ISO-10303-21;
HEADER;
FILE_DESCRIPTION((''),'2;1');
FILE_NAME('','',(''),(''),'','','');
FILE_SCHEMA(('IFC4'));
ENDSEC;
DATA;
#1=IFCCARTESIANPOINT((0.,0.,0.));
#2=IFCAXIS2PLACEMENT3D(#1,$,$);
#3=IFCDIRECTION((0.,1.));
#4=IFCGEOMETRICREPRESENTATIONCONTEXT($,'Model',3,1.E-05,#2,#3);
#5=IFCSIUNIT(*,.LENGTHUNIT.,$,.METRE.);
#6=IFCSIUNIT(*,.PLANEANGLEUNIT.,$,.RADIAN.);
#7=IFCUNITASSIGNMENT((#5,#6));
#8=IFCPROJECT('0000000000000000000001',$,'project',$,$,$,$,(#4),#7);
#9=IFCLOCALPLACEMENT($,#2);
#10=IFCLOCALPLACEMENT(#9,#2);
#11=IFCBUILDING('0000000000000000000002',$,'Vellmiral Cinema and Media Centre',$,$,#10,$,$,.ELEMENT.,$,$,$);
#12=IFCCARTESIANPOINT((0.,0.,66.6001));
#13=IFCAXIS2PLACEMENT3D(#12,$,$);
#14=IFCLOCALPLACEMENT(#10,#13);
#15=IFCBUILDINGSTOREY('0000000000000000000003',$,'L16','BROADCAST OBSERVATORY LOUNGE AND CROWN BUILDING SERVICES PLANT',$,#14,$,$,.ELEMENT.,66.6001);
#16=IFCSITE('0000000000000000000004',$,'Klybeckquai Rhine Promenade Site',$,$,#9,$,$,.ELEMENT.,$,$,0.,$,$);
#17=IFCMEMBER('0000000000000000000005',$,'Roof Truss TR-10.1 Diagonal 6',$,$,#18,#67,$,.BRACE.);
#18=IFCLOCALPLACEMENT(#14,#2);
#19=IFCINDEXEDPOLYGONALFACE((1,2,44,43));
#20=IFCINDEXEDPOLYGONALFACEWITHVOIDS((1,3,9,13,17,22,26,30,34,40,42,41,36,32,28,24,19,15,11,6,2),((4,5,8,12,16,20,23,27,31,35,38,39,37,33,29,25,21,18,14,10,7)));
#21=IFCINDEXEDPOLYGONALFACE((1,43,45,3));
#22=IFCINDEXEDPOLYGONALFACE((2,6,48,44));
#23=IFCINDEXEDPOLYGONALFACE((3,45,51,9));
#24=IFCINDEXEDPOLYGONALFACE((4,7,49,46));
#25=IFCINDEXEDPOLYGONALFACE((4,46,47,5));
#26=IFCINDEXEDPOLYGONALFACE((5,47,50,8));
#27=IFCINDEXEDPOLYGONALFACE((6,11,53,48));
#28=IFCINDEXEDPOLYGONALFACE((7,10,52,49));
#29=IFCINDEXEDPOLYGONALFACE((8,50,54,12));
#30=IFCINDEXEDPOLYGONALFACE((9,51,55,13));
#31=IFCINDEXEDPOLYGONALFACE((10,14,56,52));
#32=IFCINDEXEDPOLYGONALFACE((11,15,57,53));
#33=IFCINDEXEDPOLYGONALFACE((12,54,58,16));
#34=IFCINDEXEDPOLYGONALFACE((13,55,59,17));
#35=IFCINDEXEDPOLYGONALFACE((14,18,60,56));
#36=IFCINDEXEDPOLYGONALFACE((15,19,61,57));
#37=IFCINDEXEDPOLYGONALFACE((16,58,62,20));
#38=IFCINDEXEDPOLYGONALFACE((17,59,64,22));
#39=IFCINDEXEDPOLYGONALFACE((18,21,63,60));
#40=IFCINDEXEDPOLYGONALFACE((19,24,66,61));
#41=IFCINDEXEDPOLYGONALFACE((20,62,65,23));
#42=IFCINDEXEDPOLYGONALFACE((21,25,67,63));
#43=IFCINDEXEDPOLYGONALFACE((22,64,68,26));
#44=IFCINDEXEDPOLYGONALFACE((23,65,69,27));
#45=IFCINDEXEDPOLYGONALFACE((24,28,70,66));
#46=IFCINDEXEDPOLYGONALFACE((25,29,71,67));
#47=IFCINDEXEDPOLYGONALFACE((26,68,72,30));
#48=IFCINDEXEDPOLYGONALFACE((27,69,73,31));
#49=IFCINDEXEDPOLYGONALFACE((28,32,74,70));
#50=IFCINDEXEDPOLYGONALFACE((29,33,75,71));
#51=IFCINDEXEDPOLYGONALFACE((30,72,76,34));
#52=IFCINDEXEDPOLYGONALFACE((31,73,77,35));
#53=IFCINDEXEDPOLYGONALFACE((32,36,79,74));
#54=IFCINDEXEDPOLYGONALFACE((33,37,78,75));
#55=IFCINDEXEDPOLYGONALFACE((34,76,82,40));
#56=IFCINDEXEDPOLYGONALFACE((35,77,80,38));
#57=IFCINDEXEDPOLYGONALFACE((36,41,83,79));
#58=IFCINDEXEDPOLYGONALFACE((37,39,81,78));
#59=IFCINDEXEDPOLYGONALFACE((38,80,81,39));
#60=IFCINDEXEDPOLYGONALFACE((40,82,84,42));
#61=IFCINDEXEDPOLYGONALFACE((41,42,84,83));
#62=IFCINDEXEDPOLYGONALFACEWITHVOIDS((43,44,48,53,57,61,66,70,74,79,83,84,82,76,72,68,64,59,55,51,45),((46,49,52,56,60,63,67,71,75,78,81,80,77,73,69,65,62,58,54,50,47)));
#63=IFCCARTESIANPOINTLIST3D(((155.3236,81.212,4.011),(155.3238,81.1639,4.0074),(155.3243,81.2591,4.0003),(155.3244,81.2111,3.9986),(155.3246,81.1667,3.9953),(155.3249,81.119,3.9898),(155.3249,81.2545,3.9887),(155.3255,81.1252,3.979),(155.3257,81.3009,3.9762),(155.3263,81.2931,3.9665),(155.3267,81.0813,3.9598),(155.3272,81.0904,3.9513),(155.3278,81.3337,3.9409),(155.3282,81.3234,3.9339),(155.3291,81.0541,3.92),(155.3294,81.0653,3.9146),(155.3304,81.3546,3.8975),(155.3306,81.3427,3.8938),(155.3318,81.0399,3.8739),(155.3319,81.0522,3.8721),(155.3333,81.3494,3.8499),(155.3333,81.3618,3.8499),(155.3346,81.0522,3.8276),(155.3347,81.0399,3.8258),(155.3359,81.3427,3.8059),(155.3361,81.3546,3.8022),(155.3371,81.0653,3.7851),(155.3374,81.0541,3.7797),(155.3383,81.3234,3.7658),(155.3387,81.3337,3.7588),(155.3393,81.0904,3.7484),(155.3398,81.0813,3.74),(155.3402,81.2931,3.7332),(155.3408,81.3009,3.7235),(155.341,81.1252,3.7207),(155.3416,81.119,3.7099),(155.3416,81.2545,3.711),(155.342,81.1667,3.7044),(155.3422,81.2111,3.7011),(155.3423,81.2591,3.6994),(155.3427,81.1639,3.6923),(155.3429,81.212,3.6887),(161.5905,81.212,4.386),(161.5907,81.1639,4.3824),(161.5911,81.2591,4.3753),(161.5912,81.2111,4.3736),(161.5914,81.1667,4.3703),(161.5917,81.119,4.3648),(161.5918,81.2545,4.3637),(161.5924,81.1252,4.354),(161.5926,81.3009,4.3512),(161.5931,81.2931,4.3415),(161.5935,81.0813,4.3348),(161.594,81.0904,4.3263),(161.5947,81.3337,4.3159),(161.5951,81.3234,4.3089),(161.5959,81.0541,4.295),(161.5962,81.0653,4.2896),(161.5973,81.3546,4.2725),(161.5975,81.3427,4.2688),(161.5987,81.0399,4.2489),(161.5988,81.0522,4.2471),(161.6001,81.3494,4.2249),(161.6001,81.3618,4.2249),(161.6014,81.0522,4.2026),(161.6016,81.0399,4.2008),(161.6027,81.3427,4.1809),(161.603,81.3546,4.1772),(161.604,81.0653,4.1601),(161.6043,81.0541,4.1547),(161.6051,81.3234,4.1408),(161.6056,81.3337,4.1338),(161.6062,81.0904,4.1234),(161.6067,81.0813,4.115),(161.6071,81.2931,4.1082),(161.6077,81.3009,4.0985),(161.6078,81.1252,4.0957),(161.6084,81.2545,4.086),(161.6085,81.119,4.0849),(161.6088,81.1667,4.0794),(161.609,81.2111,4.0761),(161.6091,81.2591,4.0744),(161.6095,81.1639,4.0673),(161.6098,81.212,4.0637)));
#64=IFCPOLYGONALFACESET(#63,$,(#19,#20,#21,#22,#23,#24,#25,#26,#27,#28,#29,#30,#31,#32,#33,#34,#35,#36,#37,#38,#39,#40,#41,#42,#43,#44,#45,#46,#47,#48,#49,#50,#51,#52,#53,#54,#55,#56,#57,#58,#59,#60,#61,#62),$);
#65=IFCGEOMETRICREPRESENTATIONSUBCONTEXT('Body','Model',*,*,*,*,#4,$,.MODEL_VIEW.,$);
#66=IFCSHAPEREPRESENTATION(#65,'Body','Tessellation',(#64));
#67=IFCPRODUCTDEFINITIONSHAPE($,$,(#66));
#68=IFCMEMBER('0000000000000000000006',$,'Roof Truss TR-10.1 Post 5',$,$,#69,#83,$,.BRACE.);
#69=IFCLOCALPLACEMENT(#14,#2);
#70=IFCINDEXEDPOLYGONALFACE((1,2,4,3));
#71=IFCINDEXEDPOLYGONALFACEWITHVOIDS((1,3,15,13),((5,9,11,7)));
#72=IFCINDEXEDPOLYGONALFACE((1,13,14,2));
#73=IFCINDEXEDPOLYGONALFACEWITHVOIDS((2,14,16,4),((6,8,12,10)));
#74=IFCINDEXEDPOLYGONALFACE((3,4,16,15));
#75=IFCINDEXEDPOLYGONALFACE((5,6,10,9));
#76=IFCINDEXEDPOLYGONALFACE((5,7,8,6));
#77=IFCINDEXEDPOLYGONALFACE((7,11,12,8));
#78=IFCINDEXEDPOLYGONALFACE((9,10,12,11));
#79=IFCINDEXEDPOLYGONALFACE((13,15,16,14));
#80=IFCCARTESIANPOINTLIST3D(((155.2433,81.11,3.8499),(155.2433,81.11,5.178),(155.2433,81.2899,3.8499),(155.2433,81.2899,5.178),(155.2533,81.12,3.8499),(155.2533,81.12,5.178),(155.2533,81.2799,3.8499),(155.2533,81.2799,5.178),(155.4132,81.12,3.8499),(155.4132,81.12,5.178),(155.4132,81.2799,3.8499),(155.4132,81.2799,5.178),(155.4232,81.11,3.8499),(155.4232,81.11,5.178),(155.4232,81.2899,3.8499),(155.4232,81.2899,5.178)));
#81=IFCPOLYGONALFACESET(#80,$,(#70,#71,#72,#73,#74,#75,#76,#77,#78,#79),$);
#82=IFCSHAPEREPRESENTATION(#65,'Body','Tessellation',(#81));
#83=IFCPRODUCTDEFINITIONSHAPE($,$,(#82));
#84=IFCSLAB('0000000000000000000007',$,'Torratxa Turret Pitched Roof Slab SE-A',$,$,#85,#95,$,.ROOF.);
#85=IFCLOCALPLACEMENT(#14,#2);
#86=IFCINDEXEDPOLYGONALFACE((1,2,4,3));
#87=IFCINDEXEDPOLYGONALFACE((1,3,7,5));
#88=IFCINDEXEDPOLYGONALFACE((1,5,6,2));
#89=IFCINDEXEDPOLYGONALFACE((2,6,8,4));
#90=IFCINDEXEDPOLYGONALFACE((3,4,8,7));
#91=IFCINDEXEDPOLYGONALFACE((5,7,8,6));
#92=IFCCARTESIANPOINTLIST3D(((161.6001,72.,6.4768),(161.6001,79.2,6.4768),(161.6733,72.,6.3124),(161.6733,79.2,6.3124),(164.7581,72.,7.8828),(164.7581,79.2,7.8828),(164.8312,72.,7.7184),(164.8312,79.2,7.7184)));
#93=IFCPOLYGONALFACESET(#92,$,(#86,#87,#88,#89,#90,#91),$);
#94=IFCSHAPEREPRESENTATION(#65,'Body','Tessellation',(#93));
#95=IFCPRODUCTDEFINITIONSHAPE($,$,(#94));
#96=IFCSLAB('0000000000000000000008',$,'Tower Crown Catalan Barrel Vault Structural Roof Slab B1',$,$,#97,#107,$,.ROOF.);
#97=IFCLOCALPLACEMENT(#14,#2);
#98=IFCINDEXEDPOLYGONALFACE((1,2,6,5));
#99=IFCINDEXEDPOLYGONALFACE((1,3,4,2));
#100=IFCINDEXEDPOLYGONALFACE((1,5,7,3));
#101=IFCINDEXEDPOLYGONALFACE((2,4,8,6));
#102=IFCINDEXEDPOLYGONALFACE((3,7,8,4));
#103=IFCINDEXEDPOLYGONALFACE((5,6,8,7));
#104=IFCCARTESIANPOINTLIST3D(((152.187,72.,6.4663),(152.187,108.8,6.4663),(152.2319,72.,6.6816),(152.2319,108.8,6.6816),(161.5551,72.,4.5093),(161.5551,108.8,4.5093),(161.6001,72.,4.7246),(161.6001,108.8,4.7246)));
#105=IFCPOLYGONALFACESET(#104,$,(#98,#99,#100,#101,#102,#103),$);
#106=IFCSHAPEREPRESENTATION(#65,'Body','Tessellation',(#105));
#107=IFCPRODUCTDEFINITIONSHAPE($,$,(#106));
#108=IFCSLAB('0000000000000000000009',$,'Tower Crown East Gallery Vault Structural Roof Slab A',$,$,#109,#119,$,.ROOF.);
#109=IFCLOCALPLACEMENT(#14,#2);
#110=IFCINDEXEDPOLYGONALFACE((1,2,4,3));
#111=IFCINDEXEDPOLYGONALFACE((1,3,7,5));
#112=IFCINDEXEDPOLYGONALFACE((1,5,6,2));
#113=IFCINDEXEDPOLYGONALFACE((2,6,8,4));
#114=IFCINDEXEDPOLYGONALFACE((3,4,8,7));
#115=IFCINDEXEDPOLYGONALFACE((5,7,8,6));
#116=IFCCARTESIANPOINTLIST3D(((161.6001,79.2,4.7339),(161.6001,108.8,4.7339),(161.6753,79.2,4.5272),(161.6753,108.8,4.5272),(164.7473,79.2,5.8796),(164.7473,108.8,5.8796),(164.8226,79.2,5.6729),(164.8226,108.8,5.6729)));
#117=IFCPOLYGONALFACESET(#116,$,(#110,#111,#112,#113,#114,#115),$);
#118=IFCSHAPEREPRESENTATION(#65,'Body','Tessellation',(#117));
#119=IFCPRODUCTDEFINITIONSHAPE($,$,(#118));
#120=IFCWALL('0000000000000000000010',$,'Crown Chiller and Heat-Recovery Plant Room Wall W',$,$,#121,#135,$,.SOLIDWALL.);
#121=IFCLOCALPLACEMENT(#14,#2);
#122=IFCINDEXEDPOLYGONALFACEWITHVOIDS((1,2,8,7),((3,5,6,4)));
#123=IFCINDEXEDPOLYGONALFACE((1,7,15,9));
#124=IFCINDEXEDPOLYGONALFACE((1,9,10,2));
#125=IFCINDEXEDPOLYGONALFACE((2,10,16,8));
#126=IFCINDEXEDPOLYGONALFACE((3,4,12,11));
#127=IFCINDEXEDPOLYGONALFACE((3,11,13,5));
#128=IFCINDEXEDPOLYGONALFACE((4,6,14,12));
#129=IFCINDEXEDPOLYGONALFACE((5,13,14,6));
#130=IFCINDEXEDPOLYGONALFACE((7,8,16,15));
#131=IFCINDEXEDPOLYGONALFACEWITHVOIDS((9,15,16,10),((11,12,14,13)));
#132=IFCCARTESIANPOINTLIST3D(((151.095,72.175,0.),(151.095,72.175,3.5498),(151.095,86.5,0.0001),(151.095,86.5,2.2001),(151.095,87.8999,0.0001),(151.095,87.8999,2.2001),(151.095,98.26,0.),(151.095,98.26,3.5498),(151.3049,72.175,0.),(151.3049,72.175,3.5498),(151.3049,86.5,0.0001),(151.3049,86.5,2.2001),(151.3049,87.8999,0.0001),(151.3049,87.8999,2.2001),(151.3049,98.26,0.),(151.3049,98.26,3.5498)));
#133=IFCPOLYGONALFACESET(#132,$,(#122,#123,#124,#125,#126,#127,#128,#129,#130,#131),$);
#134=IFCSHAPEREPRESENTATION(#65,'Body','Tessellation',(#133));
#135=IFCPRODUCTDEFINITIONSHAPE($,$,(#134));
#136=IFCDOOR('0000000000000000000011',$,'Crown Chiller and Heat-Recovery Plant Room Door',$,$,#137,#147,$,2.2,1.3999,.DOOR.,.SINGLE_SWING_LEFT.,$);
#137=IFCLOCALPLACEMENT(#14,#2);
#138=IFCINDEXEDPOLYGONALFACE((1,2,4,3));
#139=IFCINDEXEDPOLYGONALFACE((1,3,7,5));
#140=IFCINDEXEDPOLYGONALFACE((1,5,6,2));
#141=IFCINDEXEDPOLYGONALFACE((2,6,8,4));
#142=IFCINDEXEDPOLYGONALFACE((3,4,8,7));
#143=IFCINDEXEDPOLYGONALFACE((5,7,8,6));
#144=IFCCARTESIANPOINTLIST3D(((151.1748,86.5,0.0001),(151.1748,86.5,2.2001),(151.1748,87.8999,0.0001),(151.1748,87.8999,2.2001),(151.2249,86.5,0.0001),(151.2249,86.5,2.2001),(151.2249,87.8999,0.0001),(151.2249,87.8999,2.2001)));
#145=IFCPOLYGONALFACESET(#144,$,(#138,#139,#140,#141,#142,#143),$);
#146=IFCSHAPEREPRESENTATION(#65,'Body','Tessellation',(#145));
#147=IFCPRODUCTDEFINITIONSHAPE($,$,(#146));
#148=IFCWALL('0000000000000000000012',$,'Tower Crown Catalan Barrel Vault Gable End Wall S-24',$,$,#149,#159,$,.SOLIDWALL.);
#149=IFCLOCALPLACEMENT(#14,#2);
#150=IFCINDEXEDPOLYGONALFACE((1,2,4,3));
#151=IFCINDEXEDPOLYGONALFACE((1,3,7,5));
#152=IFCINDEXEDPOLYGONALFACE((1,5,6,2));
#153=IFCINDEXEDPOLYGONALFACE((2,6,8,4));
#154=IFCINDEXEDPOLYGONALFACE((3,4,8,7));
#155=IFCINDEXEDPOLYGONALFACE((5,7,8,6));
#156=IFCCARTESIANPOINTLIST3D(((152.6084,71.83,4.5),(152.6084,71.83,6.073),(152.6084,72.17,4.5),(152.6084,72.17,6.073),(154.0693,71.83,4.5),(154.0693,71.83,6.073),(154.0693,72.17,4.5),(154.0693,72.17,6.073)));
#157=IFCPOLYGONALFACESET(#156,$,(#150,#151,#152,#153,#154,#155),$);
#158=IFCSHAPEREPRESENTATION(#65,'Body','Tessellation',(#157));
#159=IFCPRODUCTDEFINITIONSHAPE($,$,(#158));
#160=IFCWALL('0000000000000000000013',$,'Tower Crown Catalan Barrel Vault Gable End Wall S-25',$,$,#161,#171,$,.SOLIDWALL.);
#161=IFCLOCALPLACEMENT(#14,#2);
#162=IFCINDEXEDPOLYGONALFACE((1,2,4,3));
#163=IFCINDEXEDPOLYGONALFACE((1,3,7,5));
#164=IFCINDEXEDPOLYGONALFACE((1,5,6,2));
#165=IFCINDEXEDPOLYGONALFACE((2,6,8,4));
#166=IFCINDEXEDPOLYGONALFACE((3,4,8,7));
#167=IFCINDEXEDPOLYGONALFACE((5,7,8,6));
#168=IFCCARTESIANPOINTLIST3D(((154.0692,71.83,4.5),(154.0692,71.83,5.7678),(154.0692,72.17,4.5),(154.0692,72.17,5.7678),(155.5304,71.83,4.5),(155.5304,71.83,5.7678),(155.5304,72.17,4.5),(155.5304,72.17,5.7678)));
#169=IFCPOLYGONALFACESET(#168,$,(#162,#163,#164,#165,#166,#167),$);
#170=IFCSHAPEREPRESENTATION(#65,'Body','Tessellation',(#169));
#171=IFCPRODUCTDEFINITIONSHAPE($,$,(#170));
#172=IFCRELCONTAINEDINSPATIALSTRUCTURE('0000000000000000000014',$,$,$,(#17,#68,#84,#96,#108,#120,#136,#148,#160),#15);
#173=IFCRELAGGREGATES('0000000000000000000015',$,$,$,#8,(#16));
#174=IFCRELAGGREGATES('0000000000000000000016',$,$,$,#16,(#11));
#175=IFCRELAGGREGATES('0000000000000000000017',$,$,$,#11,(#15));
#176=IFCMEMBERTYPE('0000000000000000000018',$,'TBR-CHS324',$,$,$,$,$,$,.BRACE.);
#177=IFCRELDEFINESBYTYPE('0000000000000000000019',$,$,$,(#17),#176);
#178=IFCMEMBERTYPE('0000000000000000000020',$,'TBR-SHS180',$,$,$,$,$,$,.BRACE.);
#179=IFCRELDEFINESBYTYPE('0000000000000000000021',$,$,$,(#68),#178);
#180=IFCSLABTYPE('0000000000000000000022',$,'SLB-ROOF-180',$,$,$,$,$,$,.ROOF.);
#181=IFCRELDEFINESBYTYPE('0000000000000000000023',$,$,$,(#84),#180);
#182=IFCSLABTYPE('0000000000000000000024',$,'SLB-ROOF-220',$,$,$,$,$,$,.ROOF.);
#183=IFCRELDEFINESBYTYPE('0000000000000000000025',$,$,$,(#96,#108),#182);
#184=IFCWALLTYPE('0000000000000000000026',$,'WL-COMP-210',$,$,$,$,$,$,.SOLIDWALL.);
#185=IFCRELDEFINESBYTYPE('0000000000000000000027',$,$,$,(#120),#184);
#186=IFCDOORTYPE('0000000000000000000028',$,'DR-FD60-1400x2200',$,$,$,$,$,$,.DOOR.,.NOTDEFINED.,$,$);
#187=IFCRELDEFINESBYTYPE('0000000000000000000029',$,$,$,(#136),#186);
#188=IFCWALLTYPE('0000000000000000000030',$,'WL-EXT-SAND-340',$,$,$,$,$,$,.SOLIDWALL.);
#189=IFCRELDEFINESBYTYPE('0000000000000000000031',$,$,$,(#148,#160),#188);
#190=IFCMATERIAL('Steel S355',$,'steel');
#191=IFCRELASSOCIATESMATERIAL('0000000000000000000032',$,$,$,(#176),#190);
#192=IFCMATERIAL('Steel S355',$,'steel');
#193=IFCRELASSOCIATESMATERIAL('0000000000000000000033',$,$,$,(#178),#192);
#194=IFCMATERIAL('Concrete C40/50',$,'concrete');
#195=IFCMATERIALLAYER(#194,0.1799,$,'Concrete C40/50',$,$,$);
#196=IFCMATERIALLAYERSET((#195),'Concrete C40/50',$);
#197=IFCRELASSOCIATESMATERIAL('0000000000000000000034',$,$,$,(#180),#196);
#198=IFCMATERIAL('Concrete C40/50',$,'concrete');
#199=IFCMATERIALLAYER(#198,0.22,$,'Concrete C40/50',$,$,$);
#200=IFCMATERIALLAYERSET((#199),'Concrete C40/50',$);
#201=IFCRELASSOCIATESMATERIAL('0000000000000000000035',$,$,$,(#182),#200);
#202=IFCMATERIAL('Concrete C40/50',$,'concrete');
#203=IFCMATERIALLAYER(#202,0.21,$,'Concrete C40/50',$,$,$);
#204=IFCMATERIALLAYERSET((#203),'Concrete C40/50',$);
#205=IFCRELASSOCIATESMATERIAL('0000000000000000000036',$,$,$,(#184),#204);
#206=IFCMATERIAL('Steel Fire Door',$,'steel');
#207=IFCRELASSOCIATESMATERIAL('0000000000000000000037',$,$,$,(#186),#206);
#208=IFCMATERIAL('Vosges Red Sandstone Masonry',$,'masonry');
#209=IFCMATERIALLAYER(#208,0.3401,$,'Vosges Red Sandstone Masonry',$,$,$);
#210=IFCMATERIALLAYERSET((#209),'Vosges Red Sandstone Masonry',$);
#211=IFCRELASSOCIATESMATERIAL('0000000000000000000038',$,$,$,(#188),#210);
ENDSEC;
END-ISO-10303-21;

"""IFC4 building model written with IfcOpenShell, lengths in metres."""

from ifc_helpers import new_model, si_unit, direction, frame, frame_2d, origin, origin_2d, place, context, subcontext, project, spatial, polyline, rectangle, hollow_rectangle, hollow_circle, outline, extrude, material, layer, layer_set, material_profile, profile_set, type_object, element, fill, save


model = new_model("IFC4")

# Units and contexts
model_context = context("Model", 3, precision=1e-05, world=origin(), true_north=direction((0.0, 1.0)))
body_context = subcontext(model_context, "Body", "Model", "MODEL_VIEW")
ifc_project = project(units=[si_unit("LENGTHUNIT", "METRE"), si_unit("PLANEANGLEUNIT", "RADIAN")], contexts=[model_context])

# Site, building, storey
site_placement = place(None, origin())
site = spatial("IfcSite", under=ifc_project, at=site_placement, Name="Klybeckquai Rhine Promenade Site", CompositionType="ELEMENT", RefElevation=0.0)
building_placement = place(site_placement, origin())
building = spatial("IfcBuilding", under=site, at=building_placement, Name="Vellmiral Cinema and Media Centre", CompositionType="ELEMENT")
storey_placement = place(building_placement, frame((0.0, 0.0, 66.6001)))
storey = spatial("IfcBuildingStorey", under=building, at=storey_placement, Name="L16", Description="BROADCAST OBSERVATORY LOUNGE AND CROWN BUILDING SERVICES PLANT", CompositionType="ELEMENT", Elevation=66.6001)

# Members
ifc_material_1 = material(Name="Steel S355", Category="steel")
ifc_material_profile_1 = material_profile(ifc_material_1, hollow_circle(Radius=0.1619, WallThickness=0.0125, at=origin_2d()), Name="CHS 323.9x12.5")
ifc_profile_set_1 = profile_set([ifc_material_profile_1], Name="Steel S355")
member_type_1 = type_object("IfcMemberType", Name="TBR-CHS324", PredefinedType="BRACE", material=ifc_profile_set_1)
member_1_placement = place(storey_placement, frame((155.3333, 81.2, 3.8499), z_axis=(0.998214, 0.0, 0.059732), x_axis=(0.0, 1.0, 0.0)))
element("IfcMember", 1, at=member_1_placement, inside=storey, type_object=member_type_1, Name="Roof Truss TR-10.1 Diagonal 6", PredefinedType="BRACE", context=body_context, shape_type="SweptSolid", body=[
    extrude(hollow_circle(Radius=0.1619, WallThickness=0.0125, at=origin_2d()), origin(), (0.0, 0.0, 1.0), 6.2781),
])
ifc_material_2 = material(Name="Steel S355", Category="steel")
ifc_material_profile_2 = material_profile(ifc_material_2, hollow_rectangle(XDim=0.1799, YDim=0.1799, WallThickness=0.01, at=origin_2d()), Name="SHS 180x180x10.0")
ifc_profile_set_2 = profile_set([ifc_material_profile_2], Name="Steel S355")
member_type_2 = type_object("IfcMemberType", Name="TBR-SHS180", PredefinedType="BRACE", material=ifc_profile_set_2)
member_2_placement = place(storey_placement, frame((155.3333, 81.2, 3.8499), z_axis=(0.0, 0.0, 1.0), x_axis=(1.0, 0.0, 0.0)))
element("IfcMember", 2, at=member_2_placement, inside=storey, type_object=member_type_2, Name="Roof Truss TR-10.1 Post 5", PredefinedType="BRACE", context=body_context, shape_type="SweptSolid", body=[
    extrude(hollow_rectangle(XDim=0.1799, YDim=0.1799, WallThickness=0.01, at=origin_2d()), origin(), (0.0, 0.0, 1.0), 1.3281),
])

# Slabs
ifc_material_3 = material(Name="Concrete C40/50", Category="concrete")
ifc_layer_1 = layer(ifc_material_3, 0.1799, Name="Concrete C40/50")
ifc_layer_set_1 = layer_set([ifc_layer_1], Name="Concrete C40/50")
slab_type_1 = type_object("IfcSlabType", Name="SLB-ROOF-180", PredefinedType="ROOF", material=ifc_layer_set_1)
slab_1_placement = place(storey_placement, frame((161.6001, 72.0, 6.4768), z_axis=(-0.406735, 0.0, 0.913546), x_axis=(0.913546, 0.0, 0.406735)))
element("IfcSlab", 3, at=slab_1_placement, inside=storey, type_object=slab_type_1, Name="Torratxa Turret Pitched Roof Slab SE-A", PredefinedType="ROOF", context=body_context, shape_type="SweptSolid", body=[
    extrude(outline(polyline([(0.0, 0.0), (3.4568, 0.0), (3.4568, 7.2), (0.0, 7.2), (0.0, 0.0)])), origin(), (0.0, 0.0, -1.0), 0.1799),
])
ifc_material_4 = material(Name="Concrete C40/50", Category="concrete")
ifc_layer_2 = layer(ifc_material_4, 0.22, Name="Concrete C40/50")
ifc_layer_set_2 = layer_set([ifc_layer_2], Name="Concrete C40/50")
slab_type_2 = type_object("IfcSlabType", Name="SLB-ROOF-220", PredefinedType="ROOF", material=ifc_layer_set_2)
slab_2_placement = place(storey_placement, frame((152.2319, 72.0, 6.6816), z_axis=(0.204488, 0.0, 0.978869), x_axis=(0.978869, 0.0, -0.204488)))
element("IfcSlab", 4, at=slab_2_placement, inside=storey, type_object=slab_type_2, Name="Tower Crown Catalan Barrel Vault Structural Roof Slab B1", PredefinedType="ROOF", context=body_context, shape_type="SweptSolid", body=[
    extrude(outline(polyline([(0.0, 0.0), (9.5704, 0.0), (9.5704, 36.8), (0.0, 36.8), (0.0, 0.0)])), origin(), (0.0, 0.0, -1.0), 0.22),
])
slab_3_placement = place(storey_placement, frame((161.6001, 79.2, 4.7339), z_axis=(-0.342088, 0.0, 0.939668), x_axis=(0.939668, 0.0, 0.342088)))
element("IfcSlab", 5, at=slab_3_placement, inside=storey, type_object=slab_type_2, Name="Tower Crown East Gallery Vault Structural Roof Slab A", PredefinedType="ROOF", context=body_context, shape_type="SweptSolid", body=[
    extrude(outline(polyline([(0.0, 0.0), (3.3493, 0.0), (3.3493, 29.6001), (0.0, 29.6001), (0.0, 0.0)])), origin(), (0.0, 0.0, -1.0), 0.22),
])

# Wall, opening, door
ifc_material_5 = material(Name="Concrete C40/50", Category="concrete")
ifc_layer_3 = layer(ifc_material_5, 0.21, Name="Concrete C40/50")
ifc_layer_set_3 = layer_set([ifc_layer_3], Name="Concrete C40/50")
wall_type_1 = type_object("IfcWallType", Name="WL-COMP-210", PredefinedType="SOLIDWALL", material=ifc_layer_set_3)
wall_1_placement = place(storey_placement, frame((151.2, 72.175, 0.0), z_axis=(0.0, 0.0, 1.0), x_axis=(0.0, 1.0, 0.0)))
wall_1 = element("IfcWall", 6, at=wall_1_placement, inside=storey, type_object=wall_type_1, Name="Crown Chiller and Heat-Recovery Plant Room Wall W", PredefinedType="SOLIDWALL", context=body_context, shape_type="SweptSolid", body=[
    extrude(rectangle(XDim=26.085, YDim=0.21, at=frame_2d((13.0425, 0.0))), origin(), (0.0, 0.0, 1.0), 3.5498),
])
opening_placement = place(wall_1_placement, frame((14.325, 0.0, 0.0)))
opening = element("IfcOpeningElement", 7, at=opening_placement, cuts=wall_1, PredefinedType="OPENING", context=body_context, shape_type="SweptSolid", body=[
    extrude(rectangle(XDim=1.3999, YDim=2.2, at=frame_2d((0.7, 1.1001))), frame((0.0, 0.1169, 0.0), z_axis=(0.0, -1.0, 0.0), x_axis=(1.0, 0.0, 0.0)), (0.0, 0.0, 1.0), 0.2339),
])
ifc_material_6 = material(Name="Steel Fire Door", Category="steel")
door_type = type_object("IfcDoorType", Name="DR-FD60-1400x2200", OperationType="NOTDEFINED", PredefinedType="DOOR", material=ifc_material_6)
door_placement = place(opening_placement, frame((1.3999, 0.0, 0.0), z_axis=(0.0, 0.0, 1.0), x_axis=(-1.0, 0.0, 0.0)))
door = element("IfcDoor", 8, at=door_placement, inside=storey, type_object=door_type, Name="Crown Chiller and Heat-Recovery Plant Room Door", OperationType="SINGLE_SWING_LEFT", OverallHeight=2.2, OverallWidth=1.3999, PredefinedType="DOOR", context=body_context, shape_type="SweptSolid", body=[
    extrude(rectangle(XDim=1.3999, YDim=2.2, at=frame_2d((0.7, 1.1001))), frame((0.0, 0.0249, 0.0), z_axis=(0.0, -1.0, 0.0), x_axis=(1.0, 0.0, 0.0)), (0.0, 0.0, 1.0), 0.05),
])
fill(opening, door)

# Walls
ifc_material_7 = material(Name="Vosges Red Sandstone Masonry", Category="masonry")
ifc_layer_4 = layer(ifc_material_7, 0.3401, Name="Vosges Red Sandstone Masonry")
ifc_layer_set_4 = layer_set([ifc_layer_4], Name="Vosges Red Sandstone Masonry")
wall_type_2 = type_object("IfcWallType", Name="WL-EXT-SAND-340", PredefinedType="SOLIDWALL", material=ifc_layer_set_4)
wall_2_placement = place(storey_placement, frame((152.6084, 72.0, 4.5), z_axis=(0.0, 0.0, 1.0), x_axis=(1.0, 0.0, 0.0)))
element("IfcWall", 9, at=wall_2_placement, inside=storey, type_object=wall_type_2, Name="Tower Crown Catalan Barrel Vault Gable End Wall S-24", PredefinedType="SOLIDWALL", context=body_context, shape_type="SweptSolid", body=[
    extrude(rectangle(XDim=1.4609, YDim=0.3401, at=frame_2d((0.7305, 0.0))), origin(), (0.0, 0.0, 1.0), 1.573),
])
wall_3_placement = place(storey_placement, frame((154.0693, 72.0, 4.5), z_axis=(0.0, 0.0, 1.0), x_axis=(1.0, 0.0, 0.0)))
element("IfcWall", 10, at=wall_3_placement, inside=storey, type_object=wall_type_2, Name="Tower Crown Catalan Barrel Vault Gable End Wall S-25", PredefinedType="SOLIDWALL", context=body_context, shape_type="SweptSolid", body=[
    extrude(rectangle(XDim=1.4612, YDim=0.3401, at=frame_2d((0.7305, 0.0))), origin(), (0.0, 0.0, 1.0), 1.2678),
])

save(model, "model.ifc")
